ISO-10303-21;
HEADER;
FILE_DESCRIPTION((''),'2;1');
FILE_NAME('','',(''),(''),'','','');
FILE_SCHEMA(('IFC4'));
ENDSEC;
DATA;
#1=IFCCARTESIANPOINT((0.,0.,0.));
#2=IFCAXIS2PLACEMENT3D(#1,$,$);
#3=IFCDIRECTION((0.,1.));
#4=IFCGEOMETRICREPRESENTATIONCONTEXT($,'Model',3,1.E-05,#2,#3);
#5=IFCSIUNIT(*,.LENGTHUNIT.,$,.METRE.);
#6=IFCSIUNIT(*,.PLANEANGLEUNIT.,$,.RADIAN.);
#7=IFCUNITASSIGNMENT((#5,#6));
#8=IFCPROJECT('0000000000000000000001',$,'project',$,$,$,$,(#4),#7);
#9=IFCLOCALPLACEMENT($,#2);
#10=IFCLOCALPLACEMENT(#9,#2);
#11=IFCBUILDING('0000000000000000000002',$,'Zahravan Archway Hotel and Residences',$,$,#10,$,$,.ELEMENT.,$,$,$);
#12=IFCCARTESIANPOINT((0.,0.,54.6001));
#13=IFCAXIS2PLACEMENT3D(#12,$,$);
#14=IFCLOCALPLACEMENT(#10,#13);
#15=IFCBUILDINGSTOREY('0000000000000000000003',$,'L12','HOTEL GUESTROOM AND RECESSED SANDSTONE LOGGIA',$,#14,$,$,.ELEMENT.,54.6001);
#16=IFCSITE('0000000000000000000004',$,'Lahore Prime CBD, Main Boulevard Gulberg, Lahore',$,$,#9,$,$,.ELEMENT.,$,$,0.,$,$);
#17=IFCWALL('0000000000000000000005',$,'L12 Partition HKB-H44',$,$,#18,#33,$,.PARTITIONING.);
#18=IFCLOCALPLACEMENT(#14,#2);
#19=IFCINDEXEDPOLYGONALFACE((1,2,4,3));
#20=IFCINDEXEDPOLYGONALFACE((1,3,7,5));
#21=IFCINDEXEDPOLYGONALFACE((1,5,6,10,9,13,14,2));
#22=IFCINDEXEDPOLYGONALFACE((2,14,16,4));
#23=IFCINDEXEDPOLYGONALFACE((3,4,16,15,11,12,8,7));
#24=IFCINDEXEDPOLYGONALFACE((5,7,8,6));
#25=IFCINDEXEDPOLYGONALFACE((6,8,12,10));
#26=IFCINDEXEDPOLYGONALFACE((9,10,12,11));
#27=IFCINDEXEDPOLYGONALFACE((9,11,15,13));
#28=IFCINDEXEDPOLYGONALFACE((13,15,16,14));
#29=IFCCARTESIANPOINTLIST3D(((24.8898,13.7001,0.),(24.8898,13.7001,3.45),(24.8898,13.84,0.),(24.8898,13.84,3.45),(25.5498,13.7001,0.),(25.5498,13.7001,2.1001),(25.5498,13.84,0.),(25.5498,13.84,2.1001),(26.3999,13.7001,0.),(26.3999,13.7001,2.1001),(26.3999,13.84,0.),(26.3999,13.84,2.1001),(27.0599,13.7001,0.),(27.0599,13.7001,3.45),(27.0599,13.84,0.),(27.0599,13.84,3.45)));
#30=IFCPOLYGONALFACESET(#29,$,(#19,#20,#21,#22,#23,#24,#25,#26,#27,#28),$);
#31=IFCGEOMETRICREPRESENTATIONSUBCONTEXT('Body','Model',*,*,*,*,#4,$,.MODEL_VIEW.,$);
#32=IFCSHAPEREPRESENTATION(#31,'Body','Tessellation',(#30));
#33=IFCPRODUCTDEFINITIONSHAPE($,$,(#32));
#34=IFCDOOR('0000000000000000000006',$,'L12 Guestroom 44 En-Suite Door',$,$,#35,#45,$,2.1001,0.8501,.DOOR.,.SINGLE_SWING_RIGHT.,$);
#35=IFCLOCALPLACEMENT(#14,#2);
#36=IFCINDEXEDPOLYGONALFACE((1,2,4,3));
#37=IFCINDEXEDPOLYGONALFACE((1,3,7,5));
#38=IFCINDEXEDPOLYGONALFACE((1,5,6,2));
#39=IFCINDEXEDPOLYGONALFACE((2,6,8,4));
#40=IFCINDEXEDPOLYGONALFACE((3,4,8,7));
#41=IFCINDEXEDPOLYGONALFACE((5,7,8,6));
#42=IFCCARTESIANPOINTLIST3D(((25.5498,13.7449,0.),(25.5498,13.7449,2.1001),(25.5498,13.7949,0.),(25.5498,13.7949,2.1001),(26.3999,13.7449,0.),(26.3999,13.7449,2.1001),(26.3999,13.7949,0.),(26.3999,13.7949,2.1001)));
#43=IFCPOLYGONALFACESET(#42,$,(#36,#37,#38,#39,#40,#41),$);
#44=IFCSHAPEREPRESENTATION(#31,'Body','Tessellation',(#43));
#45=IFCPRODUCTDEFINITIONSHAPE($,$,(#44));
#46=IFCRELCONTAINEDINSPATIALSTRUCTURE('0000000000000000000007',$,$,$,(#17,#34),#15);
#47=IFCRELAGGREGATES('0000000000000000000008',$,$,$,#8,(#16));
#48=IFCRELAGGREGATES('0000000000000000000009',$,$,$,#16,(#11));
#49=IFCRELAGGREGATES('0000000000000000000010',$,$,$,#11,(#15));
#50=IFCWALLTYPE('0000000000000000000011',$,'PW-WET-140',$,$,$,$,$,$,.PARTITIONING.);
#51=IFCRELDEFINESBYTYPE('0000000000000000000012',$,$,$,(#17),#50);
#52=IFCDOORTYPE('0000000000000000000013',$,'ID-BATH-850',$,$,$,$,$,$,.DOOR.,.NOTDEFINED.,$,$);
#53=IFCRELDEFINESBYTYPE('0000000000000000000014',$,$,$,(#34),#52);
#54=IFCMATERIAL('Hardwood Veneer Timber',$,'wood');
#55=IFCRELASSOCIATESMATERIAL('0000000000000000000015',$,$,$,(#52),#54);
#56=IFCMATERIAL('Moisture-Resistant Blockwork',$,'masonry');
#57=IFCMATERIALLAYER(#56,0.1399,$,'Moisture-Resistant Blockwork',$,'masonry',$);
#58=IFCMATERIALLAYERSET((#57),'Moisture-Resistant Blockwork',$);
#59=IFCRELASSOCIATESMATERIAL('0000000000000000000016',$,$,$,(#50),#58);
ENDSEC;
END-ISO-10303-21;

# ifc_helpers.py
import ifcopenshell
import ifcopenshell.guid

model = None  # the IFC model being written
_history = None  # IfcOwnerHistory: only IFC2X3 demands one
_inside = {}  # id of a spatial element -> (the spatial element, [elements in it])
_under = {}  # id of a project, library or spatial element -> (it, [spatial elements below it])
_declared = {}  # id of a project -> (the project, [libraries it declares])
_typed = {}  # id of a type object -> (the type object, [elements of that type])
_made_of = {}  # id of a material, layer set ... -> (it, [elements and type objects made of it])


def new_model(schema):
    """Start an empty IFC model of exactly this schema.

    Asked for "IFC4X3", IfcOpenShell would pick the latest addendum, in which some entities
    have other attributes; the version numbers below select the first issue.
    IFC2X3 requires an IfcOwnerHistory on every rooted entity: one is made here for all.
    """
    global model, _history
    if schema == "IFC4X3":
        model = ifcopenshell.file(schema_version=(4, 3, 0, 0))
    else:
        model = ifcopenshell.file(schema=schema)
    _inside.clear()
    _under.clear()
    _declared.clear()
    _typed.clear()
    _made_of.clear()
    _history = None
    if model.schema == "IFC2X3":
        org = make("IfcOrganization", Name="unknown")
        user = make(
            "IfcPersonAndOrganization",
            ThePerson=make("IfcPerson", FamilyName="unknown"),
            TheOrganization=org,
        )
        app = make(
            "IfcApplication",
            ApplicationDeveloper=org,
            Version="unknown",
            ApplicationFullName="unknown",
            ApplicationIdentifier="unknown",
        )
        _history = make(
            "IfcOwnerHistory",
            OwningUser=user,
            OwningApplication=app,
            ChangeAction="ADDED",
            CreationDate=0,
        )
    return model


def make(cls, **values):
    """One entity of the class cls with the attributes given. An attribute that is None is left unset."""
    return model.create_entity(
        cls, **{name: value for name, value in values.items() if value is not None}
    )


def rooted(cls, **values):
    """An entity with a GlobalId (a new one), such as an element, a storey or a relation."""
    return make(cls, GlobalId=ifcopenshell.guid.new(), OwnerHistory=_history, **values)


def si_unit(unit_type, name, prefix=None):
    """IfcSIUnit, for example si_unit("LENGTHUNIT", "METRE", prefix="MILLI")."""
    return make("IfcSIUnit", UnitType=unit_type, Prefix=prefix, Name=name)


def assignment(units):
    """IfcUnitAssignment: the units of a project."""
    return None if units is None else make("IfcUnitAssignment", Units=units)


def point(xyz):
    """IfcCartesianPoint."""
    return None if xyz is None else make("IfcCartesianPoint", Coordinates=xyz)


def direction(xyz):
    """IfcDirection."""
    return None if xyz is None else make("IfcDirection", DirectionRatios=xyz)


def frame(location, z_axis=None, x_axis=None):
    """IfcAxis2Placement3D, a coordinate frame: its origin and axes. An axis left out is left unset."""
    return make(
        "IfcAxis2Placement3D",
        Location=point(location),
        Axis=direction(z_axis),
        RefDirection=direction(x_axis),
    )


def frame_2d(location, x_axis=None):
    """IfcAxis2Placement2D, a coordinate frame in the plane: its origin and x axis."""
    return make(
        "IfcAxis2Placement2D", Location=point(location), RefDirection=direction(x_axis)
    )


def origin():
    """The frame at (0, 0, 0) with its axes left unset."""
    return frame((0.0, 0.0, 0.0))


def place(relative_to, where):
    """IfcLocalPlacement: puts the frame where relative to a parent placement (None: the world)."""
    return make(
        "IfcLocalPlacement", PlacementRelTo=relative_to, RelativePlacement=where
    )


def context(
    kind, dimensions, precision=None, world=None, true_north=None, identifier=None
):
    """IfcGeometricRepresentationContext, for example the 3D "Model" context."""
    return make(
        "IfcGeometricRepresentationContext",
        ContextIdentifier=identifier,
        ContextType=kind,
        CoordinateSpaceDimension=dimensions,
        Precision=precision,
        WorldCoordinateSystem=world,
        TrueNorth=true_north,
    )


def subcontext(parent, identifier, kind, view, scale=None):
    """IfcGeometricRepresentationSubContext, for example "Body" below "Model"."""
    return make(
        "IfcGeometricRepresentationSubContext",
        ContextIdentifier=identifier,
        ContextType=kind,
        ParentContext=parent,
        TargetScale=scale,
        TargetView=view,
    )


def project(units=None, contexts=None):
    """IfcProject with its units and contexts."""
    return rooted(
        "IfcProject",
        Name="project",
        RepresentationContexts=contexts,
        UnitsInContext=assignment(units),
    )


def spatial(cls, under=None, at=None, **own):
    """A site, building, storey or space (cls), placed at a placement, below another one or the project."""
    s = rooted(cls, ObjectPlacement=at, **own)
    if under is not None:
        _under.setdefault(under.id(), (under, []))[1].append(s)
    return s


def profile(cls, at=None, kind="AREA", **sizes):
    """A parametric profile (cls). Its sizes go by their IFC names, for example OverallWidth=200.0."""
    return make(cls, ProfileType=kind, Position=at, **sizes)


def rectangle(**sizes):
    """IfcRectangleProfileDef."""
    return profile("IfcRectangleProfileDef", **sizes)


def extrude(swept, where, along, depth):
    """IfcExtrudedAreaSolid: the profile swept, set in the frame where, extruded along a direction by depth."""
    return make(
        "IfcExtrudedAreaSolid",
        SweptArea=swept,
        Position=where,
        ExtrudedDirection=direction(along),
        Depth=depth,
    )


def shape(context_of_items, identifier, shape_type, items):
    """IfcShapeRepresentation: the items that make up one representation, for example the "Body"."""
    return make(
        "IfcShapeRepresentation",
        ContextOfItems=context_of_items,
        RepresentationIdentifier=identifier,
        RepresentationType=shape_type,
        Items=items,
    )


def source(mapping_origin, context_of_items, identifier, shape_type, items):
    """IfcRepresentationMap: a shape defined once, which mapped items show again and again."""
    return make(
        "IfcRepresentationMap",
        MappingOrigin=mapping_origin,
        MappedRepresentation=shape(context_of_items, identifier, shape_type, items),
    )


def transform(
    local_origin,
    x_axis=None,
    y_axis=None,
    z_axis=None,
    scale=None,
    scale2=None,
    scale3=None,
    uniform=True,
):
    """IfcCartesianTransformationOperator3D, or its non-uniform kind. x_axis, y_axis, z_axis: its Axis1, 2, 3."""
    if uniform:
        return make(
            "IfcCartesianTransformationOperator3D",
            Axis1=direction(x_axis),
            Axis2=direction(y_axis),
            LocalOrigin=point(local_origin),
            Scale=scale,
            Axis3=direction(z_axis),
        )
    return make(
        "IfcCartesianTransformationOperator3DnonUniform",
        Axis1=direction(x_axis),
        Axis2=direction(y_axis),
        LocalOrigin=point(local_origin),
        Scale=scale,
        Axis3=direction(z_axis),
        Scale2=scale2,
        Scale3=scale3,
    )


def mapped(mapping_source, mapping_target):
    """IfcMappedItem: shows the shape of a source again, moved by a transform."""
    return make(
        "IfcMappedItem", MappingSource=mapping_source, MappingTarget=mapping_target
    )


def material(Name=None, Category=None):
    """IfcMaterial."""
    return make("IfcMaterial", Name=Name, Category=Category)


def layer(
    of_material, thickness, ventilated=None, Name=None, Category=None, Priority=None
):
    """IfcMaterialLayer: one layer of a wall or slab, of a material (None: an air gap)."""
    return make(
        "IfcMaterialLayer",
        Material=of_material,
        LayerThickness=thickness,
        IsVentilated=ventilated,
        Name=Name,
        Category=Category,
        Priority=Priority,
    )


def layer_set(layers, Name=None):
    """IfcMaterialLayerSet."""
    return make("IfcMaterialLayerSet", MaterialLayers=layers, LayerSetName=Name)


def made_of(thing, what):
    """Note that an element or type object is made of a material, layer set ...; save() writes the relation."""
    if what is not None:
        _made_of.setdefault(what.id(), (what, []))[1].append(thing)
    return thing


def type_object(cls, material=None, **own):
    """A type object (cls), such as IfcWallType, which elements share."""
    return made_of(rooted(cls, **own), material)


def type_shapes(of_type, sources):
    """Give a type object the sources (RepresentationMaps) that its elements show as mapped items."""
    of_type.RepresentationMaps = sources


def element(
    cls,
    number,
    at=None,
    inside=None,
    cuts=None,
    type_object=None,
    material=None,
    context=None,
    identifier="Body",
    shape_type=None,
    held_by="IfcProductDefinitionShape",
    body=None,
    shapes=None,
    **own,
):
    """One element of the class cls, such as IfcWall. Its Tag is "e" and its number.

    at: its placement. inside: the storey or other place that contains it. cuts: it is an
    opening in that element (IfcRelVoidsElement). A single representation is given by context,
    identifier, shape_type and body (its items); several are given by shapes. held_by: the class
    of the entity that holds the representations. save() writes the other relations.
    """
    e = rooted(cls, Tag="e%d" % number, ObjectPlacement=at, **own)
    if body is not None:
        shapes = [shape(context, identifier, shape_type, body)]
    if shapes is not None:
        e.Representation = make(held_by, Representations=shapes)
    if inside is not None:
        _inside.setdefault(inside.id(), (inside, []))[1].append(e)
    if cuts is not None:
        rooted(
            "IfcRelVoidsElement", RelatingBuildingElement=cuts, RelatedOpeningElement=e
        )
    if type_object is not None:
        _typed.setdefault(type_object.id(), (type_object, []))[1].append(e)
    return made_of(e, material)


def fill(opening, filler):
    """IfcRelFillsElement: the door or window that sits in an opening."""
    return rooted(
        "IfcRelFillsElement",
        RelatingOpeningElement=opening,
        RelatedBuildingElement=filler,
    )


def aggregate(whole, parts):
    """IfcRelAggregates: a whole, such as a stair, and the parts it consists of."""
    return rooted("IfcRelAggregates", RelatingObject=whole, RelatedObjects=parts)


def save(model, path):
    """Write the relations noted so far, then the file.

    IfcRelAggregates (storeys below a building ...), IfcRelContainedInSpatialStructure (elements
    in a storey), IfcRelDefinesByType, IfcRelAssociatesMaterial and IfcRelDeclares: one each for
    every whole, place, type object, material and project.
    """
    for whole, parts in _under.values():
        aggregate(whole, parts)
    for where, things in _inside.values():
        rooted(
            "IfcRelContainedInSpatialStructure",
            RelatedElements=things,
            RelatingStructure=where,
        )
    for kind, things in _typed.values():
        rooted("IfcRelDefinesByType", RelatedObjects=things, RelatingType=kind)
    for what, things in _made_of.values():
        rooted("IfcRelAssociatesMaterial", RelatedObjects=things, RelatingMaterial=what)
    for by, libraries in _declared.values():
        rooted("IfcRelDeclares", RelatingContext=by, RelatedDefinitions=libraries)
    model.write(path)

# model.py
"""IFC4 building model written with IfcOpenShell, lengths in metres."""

from ifc_helpers import new_model, si_unit, direction, frame, frame_2d, origin, place, context, subcontext, project, spatial, rectangle, extrude, source, transform, mapped, material, layer, layer_set, type_object, type_shapes, element, fill, save


model = new_model("IFC4")

# Units and contexts
model_context = context("Model", 3, precision=1e-05, world=origin(), true_north=direction((0.0, 1.0)))
body_context = subcontext(model_context, "Body", "Model", "MODEL_VIEW")
ifc_project = project(units=[si_unit("LENGTHUNIT", "METRE"), si_unit("PLANEANGLEUNIT", "RADIAN")], contexts=[model_context])

# Site, building, storey
site_placement = place(None, origin())
site = spatial("IfcSite", under=ifc_project, at=site_placement, Name="Lahore Prime CBD, Main Boulevard Gulberg, Lahore", CompositionType="ELEMENT", RefElevation=0.0)
building_placement = place(site_placement, origin())
building = spatial("IfcBuilding", under=site, at=building_placement, Name="Zahravan Archway Hotel and Residences", CompositionType="ELEMENT")
storey_placement = place(building_placement, frame((0.0, 0.0, 54.6001)))
storey = spatial("IfcBuildingStorey", under=building, at=storey_placement, Name="L12", Description="HOTEL GUESTROOM AND RECESSED SANDSTONE LOGGIA", CompositionType="ELEMENT", Elevation=54.6001)

# Shared definitions
ifc_material_1 = material(Name="Hardwood Veneer Timber", Category="wood")
door_type_1 = type_object("IfcDoorType", Name="ID-BATH-850", OperationType="NOTDEFINED", PredefinedType="DOOR", material=ifc_material_1)
shared_shape_1 = source(origin(), body_context, "Body", "SweptSolid", [
    extrude(rectangle(XDim=0.8501, YDim=2.1001, at=frame_2d((0.425, 1.05))), frame((0.0, 0.0249, 0.0), z_axis=(0.0, -1.0, 0.0), x_axis=(1.0, 0.0, 0.0)), (0.0, 0.0, 1.0), 0.05),
])
type_shapes(door_type_1, [shared_shape_1])

# Shared definitions
ifc_material_2 = material(Name="Moisture-Resistant Blockwork", Category="masonry")
ifc_layer_1 = layer(ifc_material_2, 0.1399, Name="Moisture-Resistant Blockwork", Category="masonry")
ifc_layer_set_1 = layer_set([ifc_layer_1], Name="Moisture-Resistant Blockwork")
wall_type_1 = type_object("IfcWallType", Name="PW-WET-140", PredefinedType="PARTITIONING", material=ifc_layer_set_1)

# Wall, opening, door
wall_1_placement = place(storey_placement, frame((24.8899, 13.77, 0.0), z_axis=(0.0, 0.0, 1.0), x_axis=(1.0, 0.0, 0.0)))
wall_1 = element("IfcWall", 1, at=wall_1_placement, inside=storey, type_object=wall_type_1, Name="L12 Partition HKB-H44", PredefinedType="PARTITIONING", context=body_context, shape_type="SweptSolid", body=[
    extrude(rectangle(XDim=2.1702, YDim=0.1399, at=frame_2d((1.085, 0.0))), origin(), (0.0, 0.0, 1.0), 3.45),
])
opening_1_placement = place(wall_1_placement, frame((0.6599, 0.0, 0.0)))
opening_1 = element("IfcOpeningElement", 2, at=opening_1_placement, cuts=wall_1, PredefinedType="OPENING", context=body_context, shape_type="SweptSolid", body=[
    extrude(rectangle(XDim=0.8501, YDim=2.1001, at=frame_2d((0.425, 1.05))), frame((0.0, 0.0801, 0.0), z_axis=(0.0, -1.0, 0.0), x_axis=(1.0, 0.0, 0.0)), (0.0, 0.0, 1.0), 0.1599),
])
door_1_placement = place(opening_1_placement, origin())
door_1 = element("IfcDoor", 3, at=door_1_placement, inside=storey, type_object=door_type_1, Name="L12 Guestroom 44 En-Suite Door", OperationType="SINGLE_SWING_RIGHT", OverallHeight=2.1001, OverallWidth=0.8501, PredefinedType="DOOR", context=body_context, shape_type="MappedRepresentation", body=[
    mapped(shared_shape_1, transform((0.0, 0.0, 0.0), scale=1.0)),
])
fill(opening_1, door_1)

save(model, "model.ifc")
